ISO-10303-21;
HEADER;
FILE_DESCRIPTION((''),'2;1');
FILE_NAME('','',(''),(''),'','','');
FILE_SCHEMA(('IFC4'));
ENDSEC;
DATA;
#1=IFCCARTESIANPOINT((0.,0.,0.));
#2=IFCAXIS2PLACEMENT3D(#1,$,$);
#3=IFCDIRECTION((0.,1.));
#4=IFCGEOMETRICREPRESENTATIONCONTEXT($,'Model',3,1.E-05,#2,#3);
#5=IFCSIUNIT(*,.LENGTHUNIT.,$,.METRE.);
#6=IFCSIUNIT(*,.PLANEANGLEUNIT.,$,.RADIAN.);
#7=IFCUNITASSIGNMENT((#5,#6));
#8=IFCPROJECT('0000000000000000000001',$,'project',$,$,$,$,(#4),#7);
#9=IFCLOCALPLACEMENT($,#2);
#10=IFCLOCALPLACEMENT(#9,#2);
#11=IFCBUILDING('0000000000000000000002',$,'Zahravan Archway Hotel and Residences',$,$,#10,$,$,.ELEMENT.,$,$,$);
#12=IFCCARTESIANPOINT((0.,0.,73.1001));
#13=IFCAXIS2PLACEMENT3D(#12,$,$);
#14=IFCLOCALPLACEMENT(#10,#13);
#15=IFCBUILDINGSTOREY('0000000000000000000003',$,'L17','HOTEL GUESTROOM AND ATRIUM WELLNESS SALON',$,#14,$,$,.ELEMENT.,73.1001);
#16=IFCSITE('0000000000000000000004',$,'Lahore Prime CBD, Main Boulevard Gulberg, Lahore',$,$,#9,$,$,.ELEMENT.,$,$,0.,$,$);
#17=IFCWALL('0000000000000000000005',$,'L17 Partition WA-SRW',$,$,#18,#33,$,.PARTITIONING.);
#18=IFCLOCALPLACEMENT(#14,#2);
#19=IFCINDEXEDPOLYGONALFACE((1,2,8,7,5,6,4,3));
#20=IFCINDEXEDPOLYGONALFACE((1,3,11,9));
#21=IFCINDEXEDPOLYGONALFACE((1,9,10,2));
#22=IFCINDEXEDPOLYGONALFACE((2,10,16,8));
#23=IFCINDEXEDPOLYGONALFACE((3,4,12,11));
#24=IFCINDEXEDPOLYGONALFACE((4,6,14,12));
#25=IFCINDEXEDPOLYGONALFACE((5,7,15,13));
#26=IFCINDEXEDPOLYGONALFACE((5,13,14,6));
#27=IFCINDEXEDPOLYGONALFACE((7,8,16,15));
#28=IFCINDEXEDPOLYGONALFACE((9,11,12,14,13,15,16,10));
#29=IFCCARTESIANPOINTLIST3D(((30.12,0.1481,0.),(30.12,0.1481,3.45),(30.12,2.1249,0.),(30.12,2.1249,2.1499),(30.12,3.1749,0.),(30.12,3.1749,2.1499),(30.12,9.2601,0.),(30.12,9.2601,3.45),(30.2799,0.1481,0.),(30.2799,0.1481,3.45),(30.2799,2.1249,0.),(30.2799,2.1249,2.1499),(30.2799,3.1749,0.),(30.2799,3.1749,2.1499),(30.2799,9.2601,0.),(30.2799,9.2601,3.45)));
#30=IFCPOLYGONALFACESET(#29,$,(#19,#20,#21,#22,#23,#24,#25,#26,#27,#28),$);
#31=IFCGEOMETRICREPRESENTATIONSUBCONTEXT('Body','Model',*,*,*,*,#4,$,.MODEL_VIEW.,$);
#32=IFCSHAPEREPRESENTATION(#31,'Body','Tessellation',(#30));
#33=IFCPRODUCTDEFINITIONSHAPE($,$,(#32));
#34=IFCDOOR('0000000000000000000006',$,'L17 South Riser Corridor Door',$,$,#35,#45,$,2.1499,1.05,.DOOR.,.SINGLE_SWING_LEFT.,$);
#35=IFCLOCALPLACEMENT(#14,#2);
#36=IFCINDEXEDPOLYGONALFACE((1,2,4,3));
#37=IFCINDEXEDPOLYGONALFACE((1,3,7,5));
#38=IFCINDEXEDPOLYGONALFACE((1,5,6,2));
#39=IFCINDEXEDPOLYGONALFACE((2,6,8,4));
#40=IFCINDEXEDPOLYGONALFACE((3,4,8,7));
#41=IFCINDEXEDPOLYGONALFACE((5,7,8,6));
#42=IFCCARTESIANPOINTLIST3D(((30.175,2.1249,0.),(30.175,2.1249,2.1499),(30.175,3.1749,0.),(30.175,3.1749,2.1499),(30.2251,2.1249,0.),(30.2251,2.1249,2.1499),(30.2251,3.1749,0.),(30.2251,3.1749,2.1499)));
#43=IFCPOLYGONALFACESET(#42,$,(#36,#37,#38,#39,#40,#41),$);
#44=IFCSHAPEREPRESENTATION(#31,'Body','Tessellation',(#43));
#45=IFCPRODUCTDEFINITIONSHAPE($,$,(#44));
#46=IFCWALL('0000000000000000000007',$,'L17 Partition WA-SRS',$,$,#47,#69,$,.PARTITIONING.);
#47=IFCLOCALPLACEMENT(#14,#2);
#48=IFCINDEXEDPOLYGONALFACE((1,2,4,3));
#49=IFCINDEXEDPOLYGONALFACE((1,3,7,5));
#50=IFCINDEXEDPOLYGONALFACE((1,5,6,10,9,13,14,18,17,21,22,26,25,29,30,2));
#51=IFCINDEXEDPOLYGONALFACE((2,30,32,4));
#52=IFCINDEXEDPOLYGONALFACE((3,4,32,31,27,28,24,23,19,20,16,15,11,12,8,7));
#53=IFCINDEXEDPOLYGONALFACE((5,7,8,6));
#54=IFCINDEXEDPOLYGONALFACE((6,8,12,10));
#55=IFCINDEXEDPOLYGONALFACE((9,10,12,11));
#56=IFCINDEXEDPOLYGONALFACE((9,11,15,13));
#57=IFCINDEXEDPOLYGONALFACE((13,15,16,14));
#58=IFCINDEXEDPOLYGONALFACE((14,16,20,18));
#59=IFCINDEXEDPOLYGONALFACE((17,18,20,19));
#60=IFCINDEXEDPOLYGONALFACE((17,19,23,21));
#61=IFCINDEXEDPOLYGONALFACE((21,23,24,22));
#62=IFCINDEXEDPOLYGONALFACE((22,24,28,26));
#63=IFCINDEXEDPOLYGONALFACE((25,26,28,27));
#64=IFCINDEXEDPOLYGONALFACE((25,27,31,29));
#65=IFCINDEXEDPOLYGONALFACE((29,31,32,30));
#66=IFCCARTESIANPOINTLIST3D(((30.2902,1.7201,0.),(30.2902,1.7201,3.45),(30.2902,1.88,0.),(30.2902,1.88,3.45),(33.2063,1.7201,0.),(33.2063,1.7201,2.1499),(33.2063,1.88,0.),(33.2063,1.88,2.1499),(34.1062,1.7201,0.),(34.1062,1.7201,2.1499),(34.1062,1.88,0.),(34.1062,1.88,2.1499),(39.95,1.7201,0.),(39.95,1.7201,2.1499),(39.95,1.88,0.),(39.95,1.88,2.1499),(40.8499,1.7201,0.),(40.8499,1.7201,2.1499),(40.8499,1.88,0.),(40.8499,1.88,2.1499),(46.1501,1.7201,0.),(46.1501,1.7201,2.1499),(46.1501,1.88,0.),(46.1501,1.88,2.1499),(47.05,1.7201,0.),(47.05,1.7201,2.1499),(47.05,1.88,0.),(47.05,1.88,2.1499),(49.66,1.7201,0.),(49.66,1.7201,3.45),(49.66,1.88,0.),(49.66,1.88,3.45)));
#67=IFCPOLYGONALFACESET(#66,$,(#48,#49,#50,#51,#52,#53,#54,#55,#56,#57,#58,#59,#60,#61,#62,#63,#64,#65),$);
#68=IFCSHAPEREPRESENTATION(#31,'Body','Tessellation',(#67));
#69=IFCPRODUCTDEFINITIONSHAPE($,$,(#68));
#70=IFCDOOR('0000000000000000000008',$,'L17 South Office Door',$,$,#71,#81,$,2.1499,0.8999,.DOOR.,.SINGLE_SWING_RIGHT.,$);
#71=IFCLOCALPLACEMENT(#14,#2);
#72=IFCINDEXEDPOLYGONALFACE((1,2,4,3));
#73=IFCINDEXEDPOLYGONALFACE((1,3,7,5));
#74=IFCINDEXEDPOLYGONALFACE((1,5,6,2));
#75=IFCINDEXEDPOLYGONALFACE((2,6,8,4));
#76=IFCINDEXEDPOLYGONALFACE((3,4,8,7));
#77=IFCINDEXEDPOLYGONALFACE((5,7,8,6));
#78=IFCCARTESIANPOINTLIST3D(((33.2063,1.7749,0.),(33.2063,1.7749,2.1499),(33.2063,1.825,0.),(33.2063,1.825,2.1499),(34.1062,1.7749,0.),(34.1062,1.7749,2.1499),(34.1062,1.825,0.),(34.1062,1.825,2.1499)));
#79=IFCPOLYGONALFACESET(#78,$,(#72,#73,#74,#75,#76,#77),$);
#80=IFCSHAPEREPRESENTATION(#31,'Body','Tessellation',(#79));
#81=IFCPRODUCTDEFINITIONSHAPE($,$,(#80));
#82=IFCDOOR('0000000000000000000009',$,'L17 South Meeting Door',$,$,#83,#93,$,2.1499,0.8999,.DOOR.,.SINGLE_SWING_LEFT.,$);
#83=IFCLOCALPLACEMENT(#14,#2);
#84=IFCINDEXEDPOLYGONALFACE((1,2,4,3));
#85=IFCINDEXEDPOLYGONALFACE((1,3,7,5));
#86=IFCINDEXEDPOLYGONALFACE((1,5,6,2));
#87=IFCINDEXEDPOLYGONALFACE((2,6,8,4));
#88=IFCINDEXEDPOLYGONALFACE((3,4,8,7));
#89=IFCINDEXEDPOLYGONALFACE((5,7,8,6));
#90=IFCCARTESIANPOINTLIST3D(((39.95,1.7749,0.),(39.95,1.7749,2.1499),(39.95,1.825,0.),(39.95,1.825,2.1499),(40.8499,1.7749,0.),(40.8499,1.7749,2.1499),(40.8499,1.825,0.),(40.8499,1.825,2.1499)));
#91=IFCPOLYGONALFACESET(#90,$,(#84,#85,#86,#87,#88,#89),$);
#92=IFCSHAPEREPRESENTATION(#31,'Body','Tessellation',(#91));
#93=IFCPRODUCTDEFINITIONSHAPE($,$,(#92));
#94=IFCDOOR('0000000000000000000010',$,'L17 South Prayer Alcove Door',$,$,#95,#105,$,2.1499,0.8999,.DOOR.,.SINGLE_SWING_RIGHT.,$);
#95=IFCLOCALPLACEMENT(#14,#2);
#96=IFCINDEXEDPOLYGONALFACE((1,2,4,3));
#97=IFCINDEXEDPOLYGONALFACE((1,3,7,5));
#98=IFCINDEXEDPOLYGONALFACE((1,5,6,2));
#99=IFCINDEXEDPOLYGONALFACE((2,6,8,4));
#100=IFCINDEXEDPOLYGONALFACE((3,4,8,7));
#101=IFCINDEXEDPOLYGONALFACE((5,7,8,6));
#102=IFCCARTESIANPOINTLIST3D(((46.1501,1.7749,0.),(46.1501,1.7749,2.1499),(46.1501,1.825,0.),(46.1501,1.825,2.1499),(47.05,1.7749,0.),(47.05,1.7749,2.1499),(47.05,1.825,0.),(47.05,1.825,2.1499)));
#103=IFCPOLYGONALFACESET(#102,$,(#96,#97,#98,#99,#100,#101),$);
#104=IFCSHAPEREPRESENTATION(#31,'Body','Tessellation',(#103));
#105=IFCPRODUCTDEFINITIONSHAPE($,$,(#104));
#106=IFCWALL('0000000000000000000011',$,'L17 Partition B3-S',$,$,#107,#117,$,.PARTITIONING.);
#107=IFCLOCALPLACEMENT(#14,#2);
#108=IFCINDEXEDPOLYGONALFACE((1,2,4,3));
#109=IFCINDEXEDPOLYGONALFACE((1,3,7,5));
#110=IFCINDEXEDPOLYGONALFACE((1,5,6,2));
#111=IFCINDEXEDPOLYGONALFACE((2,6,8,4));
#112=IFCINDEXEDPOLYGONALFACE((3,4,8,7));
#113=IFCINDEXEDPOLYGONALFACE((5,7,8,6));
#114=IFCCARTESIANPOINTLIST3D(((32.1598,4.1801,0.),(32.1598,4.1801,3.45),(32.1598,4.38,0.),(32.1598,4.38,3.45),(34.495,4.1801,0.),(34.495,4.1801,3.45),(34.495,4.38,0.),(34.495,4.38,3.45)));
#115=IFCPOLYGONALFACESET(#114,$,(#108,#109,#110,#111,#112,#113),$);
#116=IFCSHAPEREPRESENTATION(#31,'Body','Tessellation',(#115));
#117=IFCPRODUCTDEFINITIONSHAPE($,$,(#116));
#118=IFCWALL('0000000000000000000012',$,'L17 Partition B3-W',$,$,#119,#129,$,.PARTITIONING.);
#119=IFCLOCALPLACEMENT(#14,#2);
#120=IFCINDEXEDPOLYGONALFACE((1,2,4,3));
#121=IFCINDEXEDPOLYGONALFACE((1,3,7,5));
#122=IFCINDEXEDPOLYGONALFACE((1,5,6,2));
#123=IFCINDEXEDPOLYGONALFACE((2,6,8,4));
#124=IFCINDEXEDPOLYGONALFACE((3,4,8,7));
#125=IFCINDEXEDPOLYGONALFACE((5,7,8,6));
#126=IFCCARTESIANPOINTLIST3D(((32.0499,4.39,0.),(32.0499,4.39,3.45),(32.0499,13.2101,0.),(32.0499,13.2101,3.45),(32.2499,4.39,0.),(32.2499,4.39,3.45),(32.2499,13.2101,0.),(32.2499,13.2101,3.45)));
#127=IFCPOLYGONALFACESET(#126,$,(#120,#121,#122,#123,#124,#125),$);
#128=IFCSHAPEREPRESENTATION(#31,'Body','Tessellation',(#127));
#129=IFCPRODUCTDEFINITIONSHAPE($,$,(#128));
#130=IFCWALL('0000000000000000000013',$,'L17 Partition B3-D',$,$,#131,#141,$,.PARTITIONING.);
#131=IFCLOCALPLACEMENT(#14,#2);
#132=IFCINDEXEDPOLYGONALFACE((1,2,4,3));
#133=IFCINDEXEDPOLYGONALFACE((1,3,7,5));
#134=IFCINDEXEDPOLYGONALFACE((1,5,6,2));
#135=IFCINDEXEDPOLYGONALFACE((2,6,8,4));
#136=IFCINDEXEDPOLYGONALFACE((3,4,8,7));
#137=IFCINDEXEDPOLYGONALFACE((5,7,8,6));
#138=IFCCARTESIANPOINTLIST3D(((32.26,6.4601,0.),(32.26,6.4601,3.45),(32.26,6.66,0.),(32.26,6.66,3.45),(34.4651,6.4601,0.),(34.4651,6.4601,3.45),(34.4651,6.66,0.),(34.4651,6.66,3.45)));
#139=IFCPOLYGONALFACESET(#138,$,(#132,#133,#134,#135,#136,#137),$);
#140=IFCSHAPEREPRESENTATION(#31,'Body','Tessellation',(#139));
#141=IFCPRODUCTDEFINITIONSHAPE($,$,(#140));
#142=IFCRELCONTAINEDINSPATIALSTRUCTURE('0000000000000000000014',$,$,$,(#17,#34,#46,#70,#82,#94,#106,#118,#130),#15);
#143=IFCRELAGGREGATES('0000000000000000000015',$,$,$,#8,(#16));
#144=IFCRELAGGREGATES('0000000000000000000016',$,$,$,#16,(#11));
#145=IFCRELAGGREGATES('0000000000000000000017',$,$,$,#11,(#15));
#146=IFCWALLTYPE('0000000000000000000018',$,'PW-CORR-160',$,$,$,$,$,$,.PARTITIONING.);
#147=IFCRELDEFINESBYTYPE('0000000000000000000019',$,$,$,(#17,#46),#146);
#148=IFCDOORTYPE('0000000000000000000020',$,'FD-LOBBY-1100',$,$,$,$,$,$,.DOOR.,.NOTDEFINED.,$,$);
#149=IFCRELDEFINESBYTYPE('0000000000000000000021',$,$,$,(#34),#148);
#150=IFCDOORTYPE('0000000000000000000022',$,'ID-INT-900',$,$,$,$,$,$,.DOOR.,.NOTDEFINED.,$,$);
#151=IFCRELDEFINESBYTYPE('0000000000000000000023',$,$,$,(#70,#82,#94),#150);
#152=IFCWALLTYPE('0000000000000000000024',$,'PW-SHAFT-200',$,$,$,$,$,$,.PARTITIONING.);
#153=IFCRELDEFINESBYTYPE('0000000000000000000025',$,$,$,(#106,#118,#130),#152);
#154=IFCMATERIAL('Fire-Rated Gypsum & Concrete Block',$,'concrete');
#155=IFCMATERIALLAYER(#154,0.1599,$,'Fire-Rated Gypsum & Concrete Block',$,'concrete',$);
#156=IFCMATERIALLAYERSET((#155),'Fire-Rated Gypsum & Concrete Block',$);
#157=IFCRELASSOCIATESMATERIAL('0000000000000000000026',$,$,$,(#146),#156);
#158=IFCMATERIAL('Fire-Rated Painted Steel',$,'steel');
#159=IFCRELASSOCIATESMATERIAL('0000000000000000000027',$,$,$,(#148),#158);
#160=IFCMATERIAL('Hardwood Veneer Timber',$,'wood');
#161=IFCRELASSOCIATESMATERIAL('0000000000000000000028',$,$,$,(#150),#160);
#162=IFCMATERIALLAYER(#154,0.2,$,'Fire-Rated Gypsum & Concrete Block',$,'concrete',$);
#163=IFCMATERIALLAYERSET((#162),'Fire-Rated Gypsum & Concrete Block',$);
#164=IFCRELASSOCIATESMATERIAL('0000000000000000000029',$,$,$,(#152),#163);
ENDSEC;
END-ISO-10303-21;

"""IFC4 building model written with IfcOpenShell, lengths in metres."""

from ifc_helpers import new_model, si_unit, direction, frame, frame_2d, origin, place, context, subcontext, project, spatial, rectangle, extrude, source, transform, mapped, material, layer, layer_set, type_object, type_shapes, element, fill, save


model = new_model("IFC4")

# Units and contexts
model_context = context("Model", 3, precision=1e-05, world=origin(), true_north=direction((0.0, 1.0)))
body_context = subcontext(model_context, "Body", "Model", "MODEL_VIEW")
ifc_project = project(units=[si_unit("LENGTHUNIT", "METRE"), si_unit("PLANEANGLEUNIT", "RADIAN")], contexts=[model_context])

# Site, building, storey
site_placement = place(None, origin())
site = spatial("IfcSite", under=ifc_project, at=site_placement, Name="Lahore Prime CBD, Main Boulevard Gulberg, Lahore", CompositionType="ELEMENT", RefElevation=0.0)
building_placement = place(site_placement, origin())
building = spatial("IfcBuilding", under=site, at=building_placement, Name="Zahravan Archway Hotel and Residences", CompositionType="ELEMENT")
storey_placement = place(building_placement, frame((0.0, 0.0, 73.1001)))
storey = spatial("IfcBuildingStorey", under=building, at=storey_placement, Name="L17", Description="HOTEL GUESTROOM AND ATRIUM WELLNESS SALON", CompositionType="ELEMENT", Elevation=73.1001)

# Shared definitions
ifc_material_1 = material(Name="Fire-Rated Painted Steel", Category="steel")

# Wall, opening, door
ifc_material_2 = material(Name="Fire-Rated Gypsum & Concrete Block", Category="concrete")
ifc_layer_1 = layer(ifc_material_2, 0.1599, Name="Fire-Rated Gypsum & Concrete Block", Category="concrete")
ifc_layer_set_1 = layer_set([ifc_layer_1], Name="Fire-Rated Gypsum & Concrete Block")
wall_type_1 = type_object("IfcWallType", Name="PW-CORR-160", PredefinedType="PARTITIONING", material=ifc_layer_set_1)
wall_1_placement = place(storey_placement, frame((30.2, 0.1479, 0.0), z_axis=(0.0, 0.0, 1.0), x_axis=(0.0, 1.0, 0.0)))
wall_1 = element("IfcWall", 1, at=wall_1_placement, inside=storey, type_object=wall_type_1, Name="L17 Partition WA-SRW", PredefinedType="PARTITIONING", context=body_context, shape_type="SweptSolid", body=[
    extrude(rectangle(XDim=9.1121, YDim=0.1599, at=frame_2d((4.5562, 0.0))), origin(), (0.0, 0.0, 1.0), 3.45),
])
opening_1_placement = place(wall_1_placement, frame((1.9771, 0.0, 0.0)))
opening_1 = element("IfcOpeningElement", 2, at=opening_1_placement, cuts=wall_1, PredefinedType="OPENING", context=body_context, shape_type="SweptSolid", body=[
    extrude(rectangle(XDim=1.05, YDim=2.1499, at=frame_2d((0.5249, 1.075))), frame((0.0, 0.0898, 0.0), z_axis=(0.0, -1.0, 0.0), x_axis=(1.0, 0.0, 0.0)), (0.0, 0.0, 1.0), 0.1799),
])
door_type_1 = type_object("IfcDoorType", Name="FD-LOBBY-1100", OperationType="NOTDEFINED", PredefinedType="DOOR", material=ifc_material_1)
shared_shape_1 = source(origin(), body_context, "Body", "SweptSolid", [
    extrude(rectangle(XDim=1.05, YDim=2.1499, at=frame_2d((0.5249, 1.075))), frame((0.0, 0.0249, 0.0), z_axis=(0.0, -1.0, 0.0), x_axis=(1.0, 0.0, 0.0)), (0.0, 0.0, 1.0), 0.05),
])
type_shapes(door_type_1, [shared_shape_1])
door_1_placement = place(opening_1_placement, origin())
door_1 = element("IfcDoor", 3, at=door_1_placement, inside=storey, type_object=door_type_1, Name="L17 South Riser Corridor Door", OperationType="SINGLE_SWING_LEFT", OverallHeight=2.1499, OverallWidth=1.05, PredefinedType="DOOR", context=body_context, shape_type="MappedRepresentation", body=[
    mapped(shared_shape_1, transform((0.0, 0.0, 0.0), scale=1.0)),
])
fill(opening_1, door_1)

# Wall, openings, doors
wall_2_placement = place(storey_placement, frame((30.29, 1.8, 0.0), z_axis=(0.0, 0.0, 1.0), x_axis=(1.0, 0.0, 0.0)))
wall_2 = element("IfcWall", 4, at=wall_2_placement, inside=storey, type_object=wall_type_1, Name="L17 Partition WA-SRS", PredefinedType="PARTITIONING", context=body_context, shape_type="SweptSolid", body=[
    extrude(rectangle(XDim=19.3699, YDim=0.1599, at=frame_2d((9.6851, 0.0))), origin(), (0.0, 0.0, 1.0), 3.45),
])
opening_2_placement = place(wall_2_placement, frame((2.9163, 0.0, 0.0)))
opening_2 = element("IfcOpeningElement", 5, at=opening_2_placement, cuts=wall_2, PredefinedType="OPENING", context=body_context, shape_type="SweptSolid", body=[
    extrude(rectangle(XDim=0.8999, YDim=2.1499, at=frame_2d((0.45, 1.075))), frame((0.0, 0.0898, 0.0), z_axis=(0.0, -1.0, 0.0), x_axis=(1.0, 0.0, 0.0)), (0.0, 0.0, 1.0), 0.1799),
])
opening_3_placement = place(wall_2_placement, frame((9.6599, 0.0, 0.0)))
opening_3 = element("IfcOpeningElement", 6, at=opening_3_placement, cuts=wall_2, PredefinedType="OPENING", context=body_context, shape_type="SweptSolid", body=[
    extrude(rectangle(XDim=0.8999, YDim=2.1499, at=frame_2d((0.45, 1.075))), frame((0.0, 0.0898, 0.0), z_axis=(0.0, -1.0, 0.0), x_axis=(1.0, 0.0, 0.0)), (0.0, 0.0, 1.0), 0.1799),
])
opening_4_placement = place(wall_2_placement, frame((15.8601, 0.0, 0.0)))
opening_4 = element("IfcOpeningElement", 7, at=opening_4_placement, cuts=wall_2, PredefinedType="OPENING", context=body_context, shape_type="SweptSolid", body=[
    extrude(rectangle(XDim=0.8999, YDim=2.1499, at=frame_2d((0.45, 1.075))), frame((0.0, 0.0898, 0.0), z_axis=(0.0, -1.0, 0.0), x_axis=(1.0, 0.0, 0.0)), (0.0, 0.0, 1.0), 0.1799),
])
ifc_material_3 = material(Name="Hardwood Veneer Timber", Category="wood")
door_type_2 = type_object("IfcDoorType", Name="ID-INT-900", OperationType="NOTDEFINED", PredefinedType="DOOR", material=ifc_material_3)
shared_shape_2 = source(origin(), body_context, "Body", "SweptSolid", [
    extrude(rectangle(XDim=0.8999, YDim=2.1499, at=frame_2d((0.45, 1.075))), frame((0.0, 0.0249, 0.0), z_axis=(0.0, -1.0, 0.0), x_axis=(1.0, 0.0, 0.0)), (0.0, 0.0, 1.0), 0.05),
])
type_shapes(door_type_2, [shared_shape_2])
door_2_placement = place(opening_2_placement, origin())
door_2 = element("IfcDoor", 8, at=door_2_placement, inside=storey, type_object=door_type_2, Name="L17 South Office Door", OperationType="SINGLE_SWING_RIGHT", OverallHeight=2.1499, OverallWidth=0.8999, PredefinedType="DOOR", context=body_context, shape_type="MappedRepresentation", body=[
    mapped(shared_shape_2, transform((0.0, 0.0, 0.0), scale=1.0)),
])
fill(opening_2, door_2)
door_3_placement = place(opening_3_placement, origin())
door_3 = element("IfcDoor", 9, at=door_3_placement, inside=storey, type_object=door_type_2, Name="L17 South Meeting Door", OperationType="SINGLE_SWING_LEFT", OverallHeight=2.1499, OverallWidth=0.8999, PredefinedType="DOOR", context=body_context, shape_type="MappedRepresentation", body=[
    mapped(shared_shape_2, transform((0.0, 0.0, 0.0), scale=1.0)),
])
fill(opening_3, door_3)
door_4_placement = place(opening_4_placement, origin())
door_4 = element("IfcDoor", 10, at=door_4_placement, inside=storey, type_object=door_type_2, Name="L17 South Prayer Alcove Door", OperationType="SINGLE_SWING_RIGHT", OverallHeight=2.1499, OverallWidth=0.8999, PredefinedType="DOOR", context=body_context, shape_type="MappedRepresentation", body=[
    mapped(shared_shape_2, transform((0.0, 0.0, 0.0), scale=1.0)),
])
fill(opening_4, door_4)

# Walls
ifc_layer_2 = layer(ifc_material_2, 0.2, Name="Fire-Rated Gypsum & Concrete Block", Category="concrete")
ifc_layer_set_2 = layer_set([ifc_layer_2], Name="Fire-Rated Gypsum & Concrete Block")
wall_type_2 = type_object("IfcWallType", Name="PW-SHAFT-200", PredefinedType="PARTITIONING", material=ifc_layer_set_2)
wall_3_placement = place(storey_placement, frame((32.1599, 4.28, 0.0), z_axis=(0.0, 0.0, 1.0), x_axis=(1.0, 0.0, 0.0)))
element("IfcWall", 11, at=wall_3_placement, inside=storey, type_object=wall_type_2, Name="L17 Partition B3-S", PredefinedType="PARTITIONING", context=body_context, shape_type="SweptSolid", body=[
    extrude(rectangle(XDim=2.3352, YDim=0.2, at=frame_2d((1.1675, 0.0))), origin(), (0.0, 0.0, 1.0), 3.45),
])
wall_4_placement = place(storey_placement, frame((32.1499, 4.3899, 0.0), z_axis=(0.0, 0.0, 1.0), x_axis=(0.0, 1.0, 0.0)))
element("IfcWall", 12, at=wall_4_placement, inside=storey, type_object=wall_type_2, Name="L17 Partition B3-W", PredefinedType="PARTITIONING", context=body_context, shape_type="SweptSolid", body=[
    extrude(rectangle(XDim=8.8201, YDim=0.2, at=frame_2d((4.4102, 0.0))), origin(), (0.0, 0.0, 1.0), 3.45),
])
wall_5_placement = place(storey_placement, frame((32.26, 6.5601, 0.0), z_axis=(0.0, 0.0, 1.0), x_axis=(1.0, 0.0, 0.0)))
element("IfcWall", 13, at=wall_5_placement, inside=storey, type_object=wall_type_2, Name="L17 Partition B3-D", PredefinedType="PARTITIONING", context=body_context, shape_type="SweptSolid", body=[
    extrude(rectangle(XDim=2.2051, YDim=0.2, at=frame_2d((1.1025, 0.0))), origin(), (0.0, 0.0, 1.0), 3.45),
])

save(model, "model.ifc")
